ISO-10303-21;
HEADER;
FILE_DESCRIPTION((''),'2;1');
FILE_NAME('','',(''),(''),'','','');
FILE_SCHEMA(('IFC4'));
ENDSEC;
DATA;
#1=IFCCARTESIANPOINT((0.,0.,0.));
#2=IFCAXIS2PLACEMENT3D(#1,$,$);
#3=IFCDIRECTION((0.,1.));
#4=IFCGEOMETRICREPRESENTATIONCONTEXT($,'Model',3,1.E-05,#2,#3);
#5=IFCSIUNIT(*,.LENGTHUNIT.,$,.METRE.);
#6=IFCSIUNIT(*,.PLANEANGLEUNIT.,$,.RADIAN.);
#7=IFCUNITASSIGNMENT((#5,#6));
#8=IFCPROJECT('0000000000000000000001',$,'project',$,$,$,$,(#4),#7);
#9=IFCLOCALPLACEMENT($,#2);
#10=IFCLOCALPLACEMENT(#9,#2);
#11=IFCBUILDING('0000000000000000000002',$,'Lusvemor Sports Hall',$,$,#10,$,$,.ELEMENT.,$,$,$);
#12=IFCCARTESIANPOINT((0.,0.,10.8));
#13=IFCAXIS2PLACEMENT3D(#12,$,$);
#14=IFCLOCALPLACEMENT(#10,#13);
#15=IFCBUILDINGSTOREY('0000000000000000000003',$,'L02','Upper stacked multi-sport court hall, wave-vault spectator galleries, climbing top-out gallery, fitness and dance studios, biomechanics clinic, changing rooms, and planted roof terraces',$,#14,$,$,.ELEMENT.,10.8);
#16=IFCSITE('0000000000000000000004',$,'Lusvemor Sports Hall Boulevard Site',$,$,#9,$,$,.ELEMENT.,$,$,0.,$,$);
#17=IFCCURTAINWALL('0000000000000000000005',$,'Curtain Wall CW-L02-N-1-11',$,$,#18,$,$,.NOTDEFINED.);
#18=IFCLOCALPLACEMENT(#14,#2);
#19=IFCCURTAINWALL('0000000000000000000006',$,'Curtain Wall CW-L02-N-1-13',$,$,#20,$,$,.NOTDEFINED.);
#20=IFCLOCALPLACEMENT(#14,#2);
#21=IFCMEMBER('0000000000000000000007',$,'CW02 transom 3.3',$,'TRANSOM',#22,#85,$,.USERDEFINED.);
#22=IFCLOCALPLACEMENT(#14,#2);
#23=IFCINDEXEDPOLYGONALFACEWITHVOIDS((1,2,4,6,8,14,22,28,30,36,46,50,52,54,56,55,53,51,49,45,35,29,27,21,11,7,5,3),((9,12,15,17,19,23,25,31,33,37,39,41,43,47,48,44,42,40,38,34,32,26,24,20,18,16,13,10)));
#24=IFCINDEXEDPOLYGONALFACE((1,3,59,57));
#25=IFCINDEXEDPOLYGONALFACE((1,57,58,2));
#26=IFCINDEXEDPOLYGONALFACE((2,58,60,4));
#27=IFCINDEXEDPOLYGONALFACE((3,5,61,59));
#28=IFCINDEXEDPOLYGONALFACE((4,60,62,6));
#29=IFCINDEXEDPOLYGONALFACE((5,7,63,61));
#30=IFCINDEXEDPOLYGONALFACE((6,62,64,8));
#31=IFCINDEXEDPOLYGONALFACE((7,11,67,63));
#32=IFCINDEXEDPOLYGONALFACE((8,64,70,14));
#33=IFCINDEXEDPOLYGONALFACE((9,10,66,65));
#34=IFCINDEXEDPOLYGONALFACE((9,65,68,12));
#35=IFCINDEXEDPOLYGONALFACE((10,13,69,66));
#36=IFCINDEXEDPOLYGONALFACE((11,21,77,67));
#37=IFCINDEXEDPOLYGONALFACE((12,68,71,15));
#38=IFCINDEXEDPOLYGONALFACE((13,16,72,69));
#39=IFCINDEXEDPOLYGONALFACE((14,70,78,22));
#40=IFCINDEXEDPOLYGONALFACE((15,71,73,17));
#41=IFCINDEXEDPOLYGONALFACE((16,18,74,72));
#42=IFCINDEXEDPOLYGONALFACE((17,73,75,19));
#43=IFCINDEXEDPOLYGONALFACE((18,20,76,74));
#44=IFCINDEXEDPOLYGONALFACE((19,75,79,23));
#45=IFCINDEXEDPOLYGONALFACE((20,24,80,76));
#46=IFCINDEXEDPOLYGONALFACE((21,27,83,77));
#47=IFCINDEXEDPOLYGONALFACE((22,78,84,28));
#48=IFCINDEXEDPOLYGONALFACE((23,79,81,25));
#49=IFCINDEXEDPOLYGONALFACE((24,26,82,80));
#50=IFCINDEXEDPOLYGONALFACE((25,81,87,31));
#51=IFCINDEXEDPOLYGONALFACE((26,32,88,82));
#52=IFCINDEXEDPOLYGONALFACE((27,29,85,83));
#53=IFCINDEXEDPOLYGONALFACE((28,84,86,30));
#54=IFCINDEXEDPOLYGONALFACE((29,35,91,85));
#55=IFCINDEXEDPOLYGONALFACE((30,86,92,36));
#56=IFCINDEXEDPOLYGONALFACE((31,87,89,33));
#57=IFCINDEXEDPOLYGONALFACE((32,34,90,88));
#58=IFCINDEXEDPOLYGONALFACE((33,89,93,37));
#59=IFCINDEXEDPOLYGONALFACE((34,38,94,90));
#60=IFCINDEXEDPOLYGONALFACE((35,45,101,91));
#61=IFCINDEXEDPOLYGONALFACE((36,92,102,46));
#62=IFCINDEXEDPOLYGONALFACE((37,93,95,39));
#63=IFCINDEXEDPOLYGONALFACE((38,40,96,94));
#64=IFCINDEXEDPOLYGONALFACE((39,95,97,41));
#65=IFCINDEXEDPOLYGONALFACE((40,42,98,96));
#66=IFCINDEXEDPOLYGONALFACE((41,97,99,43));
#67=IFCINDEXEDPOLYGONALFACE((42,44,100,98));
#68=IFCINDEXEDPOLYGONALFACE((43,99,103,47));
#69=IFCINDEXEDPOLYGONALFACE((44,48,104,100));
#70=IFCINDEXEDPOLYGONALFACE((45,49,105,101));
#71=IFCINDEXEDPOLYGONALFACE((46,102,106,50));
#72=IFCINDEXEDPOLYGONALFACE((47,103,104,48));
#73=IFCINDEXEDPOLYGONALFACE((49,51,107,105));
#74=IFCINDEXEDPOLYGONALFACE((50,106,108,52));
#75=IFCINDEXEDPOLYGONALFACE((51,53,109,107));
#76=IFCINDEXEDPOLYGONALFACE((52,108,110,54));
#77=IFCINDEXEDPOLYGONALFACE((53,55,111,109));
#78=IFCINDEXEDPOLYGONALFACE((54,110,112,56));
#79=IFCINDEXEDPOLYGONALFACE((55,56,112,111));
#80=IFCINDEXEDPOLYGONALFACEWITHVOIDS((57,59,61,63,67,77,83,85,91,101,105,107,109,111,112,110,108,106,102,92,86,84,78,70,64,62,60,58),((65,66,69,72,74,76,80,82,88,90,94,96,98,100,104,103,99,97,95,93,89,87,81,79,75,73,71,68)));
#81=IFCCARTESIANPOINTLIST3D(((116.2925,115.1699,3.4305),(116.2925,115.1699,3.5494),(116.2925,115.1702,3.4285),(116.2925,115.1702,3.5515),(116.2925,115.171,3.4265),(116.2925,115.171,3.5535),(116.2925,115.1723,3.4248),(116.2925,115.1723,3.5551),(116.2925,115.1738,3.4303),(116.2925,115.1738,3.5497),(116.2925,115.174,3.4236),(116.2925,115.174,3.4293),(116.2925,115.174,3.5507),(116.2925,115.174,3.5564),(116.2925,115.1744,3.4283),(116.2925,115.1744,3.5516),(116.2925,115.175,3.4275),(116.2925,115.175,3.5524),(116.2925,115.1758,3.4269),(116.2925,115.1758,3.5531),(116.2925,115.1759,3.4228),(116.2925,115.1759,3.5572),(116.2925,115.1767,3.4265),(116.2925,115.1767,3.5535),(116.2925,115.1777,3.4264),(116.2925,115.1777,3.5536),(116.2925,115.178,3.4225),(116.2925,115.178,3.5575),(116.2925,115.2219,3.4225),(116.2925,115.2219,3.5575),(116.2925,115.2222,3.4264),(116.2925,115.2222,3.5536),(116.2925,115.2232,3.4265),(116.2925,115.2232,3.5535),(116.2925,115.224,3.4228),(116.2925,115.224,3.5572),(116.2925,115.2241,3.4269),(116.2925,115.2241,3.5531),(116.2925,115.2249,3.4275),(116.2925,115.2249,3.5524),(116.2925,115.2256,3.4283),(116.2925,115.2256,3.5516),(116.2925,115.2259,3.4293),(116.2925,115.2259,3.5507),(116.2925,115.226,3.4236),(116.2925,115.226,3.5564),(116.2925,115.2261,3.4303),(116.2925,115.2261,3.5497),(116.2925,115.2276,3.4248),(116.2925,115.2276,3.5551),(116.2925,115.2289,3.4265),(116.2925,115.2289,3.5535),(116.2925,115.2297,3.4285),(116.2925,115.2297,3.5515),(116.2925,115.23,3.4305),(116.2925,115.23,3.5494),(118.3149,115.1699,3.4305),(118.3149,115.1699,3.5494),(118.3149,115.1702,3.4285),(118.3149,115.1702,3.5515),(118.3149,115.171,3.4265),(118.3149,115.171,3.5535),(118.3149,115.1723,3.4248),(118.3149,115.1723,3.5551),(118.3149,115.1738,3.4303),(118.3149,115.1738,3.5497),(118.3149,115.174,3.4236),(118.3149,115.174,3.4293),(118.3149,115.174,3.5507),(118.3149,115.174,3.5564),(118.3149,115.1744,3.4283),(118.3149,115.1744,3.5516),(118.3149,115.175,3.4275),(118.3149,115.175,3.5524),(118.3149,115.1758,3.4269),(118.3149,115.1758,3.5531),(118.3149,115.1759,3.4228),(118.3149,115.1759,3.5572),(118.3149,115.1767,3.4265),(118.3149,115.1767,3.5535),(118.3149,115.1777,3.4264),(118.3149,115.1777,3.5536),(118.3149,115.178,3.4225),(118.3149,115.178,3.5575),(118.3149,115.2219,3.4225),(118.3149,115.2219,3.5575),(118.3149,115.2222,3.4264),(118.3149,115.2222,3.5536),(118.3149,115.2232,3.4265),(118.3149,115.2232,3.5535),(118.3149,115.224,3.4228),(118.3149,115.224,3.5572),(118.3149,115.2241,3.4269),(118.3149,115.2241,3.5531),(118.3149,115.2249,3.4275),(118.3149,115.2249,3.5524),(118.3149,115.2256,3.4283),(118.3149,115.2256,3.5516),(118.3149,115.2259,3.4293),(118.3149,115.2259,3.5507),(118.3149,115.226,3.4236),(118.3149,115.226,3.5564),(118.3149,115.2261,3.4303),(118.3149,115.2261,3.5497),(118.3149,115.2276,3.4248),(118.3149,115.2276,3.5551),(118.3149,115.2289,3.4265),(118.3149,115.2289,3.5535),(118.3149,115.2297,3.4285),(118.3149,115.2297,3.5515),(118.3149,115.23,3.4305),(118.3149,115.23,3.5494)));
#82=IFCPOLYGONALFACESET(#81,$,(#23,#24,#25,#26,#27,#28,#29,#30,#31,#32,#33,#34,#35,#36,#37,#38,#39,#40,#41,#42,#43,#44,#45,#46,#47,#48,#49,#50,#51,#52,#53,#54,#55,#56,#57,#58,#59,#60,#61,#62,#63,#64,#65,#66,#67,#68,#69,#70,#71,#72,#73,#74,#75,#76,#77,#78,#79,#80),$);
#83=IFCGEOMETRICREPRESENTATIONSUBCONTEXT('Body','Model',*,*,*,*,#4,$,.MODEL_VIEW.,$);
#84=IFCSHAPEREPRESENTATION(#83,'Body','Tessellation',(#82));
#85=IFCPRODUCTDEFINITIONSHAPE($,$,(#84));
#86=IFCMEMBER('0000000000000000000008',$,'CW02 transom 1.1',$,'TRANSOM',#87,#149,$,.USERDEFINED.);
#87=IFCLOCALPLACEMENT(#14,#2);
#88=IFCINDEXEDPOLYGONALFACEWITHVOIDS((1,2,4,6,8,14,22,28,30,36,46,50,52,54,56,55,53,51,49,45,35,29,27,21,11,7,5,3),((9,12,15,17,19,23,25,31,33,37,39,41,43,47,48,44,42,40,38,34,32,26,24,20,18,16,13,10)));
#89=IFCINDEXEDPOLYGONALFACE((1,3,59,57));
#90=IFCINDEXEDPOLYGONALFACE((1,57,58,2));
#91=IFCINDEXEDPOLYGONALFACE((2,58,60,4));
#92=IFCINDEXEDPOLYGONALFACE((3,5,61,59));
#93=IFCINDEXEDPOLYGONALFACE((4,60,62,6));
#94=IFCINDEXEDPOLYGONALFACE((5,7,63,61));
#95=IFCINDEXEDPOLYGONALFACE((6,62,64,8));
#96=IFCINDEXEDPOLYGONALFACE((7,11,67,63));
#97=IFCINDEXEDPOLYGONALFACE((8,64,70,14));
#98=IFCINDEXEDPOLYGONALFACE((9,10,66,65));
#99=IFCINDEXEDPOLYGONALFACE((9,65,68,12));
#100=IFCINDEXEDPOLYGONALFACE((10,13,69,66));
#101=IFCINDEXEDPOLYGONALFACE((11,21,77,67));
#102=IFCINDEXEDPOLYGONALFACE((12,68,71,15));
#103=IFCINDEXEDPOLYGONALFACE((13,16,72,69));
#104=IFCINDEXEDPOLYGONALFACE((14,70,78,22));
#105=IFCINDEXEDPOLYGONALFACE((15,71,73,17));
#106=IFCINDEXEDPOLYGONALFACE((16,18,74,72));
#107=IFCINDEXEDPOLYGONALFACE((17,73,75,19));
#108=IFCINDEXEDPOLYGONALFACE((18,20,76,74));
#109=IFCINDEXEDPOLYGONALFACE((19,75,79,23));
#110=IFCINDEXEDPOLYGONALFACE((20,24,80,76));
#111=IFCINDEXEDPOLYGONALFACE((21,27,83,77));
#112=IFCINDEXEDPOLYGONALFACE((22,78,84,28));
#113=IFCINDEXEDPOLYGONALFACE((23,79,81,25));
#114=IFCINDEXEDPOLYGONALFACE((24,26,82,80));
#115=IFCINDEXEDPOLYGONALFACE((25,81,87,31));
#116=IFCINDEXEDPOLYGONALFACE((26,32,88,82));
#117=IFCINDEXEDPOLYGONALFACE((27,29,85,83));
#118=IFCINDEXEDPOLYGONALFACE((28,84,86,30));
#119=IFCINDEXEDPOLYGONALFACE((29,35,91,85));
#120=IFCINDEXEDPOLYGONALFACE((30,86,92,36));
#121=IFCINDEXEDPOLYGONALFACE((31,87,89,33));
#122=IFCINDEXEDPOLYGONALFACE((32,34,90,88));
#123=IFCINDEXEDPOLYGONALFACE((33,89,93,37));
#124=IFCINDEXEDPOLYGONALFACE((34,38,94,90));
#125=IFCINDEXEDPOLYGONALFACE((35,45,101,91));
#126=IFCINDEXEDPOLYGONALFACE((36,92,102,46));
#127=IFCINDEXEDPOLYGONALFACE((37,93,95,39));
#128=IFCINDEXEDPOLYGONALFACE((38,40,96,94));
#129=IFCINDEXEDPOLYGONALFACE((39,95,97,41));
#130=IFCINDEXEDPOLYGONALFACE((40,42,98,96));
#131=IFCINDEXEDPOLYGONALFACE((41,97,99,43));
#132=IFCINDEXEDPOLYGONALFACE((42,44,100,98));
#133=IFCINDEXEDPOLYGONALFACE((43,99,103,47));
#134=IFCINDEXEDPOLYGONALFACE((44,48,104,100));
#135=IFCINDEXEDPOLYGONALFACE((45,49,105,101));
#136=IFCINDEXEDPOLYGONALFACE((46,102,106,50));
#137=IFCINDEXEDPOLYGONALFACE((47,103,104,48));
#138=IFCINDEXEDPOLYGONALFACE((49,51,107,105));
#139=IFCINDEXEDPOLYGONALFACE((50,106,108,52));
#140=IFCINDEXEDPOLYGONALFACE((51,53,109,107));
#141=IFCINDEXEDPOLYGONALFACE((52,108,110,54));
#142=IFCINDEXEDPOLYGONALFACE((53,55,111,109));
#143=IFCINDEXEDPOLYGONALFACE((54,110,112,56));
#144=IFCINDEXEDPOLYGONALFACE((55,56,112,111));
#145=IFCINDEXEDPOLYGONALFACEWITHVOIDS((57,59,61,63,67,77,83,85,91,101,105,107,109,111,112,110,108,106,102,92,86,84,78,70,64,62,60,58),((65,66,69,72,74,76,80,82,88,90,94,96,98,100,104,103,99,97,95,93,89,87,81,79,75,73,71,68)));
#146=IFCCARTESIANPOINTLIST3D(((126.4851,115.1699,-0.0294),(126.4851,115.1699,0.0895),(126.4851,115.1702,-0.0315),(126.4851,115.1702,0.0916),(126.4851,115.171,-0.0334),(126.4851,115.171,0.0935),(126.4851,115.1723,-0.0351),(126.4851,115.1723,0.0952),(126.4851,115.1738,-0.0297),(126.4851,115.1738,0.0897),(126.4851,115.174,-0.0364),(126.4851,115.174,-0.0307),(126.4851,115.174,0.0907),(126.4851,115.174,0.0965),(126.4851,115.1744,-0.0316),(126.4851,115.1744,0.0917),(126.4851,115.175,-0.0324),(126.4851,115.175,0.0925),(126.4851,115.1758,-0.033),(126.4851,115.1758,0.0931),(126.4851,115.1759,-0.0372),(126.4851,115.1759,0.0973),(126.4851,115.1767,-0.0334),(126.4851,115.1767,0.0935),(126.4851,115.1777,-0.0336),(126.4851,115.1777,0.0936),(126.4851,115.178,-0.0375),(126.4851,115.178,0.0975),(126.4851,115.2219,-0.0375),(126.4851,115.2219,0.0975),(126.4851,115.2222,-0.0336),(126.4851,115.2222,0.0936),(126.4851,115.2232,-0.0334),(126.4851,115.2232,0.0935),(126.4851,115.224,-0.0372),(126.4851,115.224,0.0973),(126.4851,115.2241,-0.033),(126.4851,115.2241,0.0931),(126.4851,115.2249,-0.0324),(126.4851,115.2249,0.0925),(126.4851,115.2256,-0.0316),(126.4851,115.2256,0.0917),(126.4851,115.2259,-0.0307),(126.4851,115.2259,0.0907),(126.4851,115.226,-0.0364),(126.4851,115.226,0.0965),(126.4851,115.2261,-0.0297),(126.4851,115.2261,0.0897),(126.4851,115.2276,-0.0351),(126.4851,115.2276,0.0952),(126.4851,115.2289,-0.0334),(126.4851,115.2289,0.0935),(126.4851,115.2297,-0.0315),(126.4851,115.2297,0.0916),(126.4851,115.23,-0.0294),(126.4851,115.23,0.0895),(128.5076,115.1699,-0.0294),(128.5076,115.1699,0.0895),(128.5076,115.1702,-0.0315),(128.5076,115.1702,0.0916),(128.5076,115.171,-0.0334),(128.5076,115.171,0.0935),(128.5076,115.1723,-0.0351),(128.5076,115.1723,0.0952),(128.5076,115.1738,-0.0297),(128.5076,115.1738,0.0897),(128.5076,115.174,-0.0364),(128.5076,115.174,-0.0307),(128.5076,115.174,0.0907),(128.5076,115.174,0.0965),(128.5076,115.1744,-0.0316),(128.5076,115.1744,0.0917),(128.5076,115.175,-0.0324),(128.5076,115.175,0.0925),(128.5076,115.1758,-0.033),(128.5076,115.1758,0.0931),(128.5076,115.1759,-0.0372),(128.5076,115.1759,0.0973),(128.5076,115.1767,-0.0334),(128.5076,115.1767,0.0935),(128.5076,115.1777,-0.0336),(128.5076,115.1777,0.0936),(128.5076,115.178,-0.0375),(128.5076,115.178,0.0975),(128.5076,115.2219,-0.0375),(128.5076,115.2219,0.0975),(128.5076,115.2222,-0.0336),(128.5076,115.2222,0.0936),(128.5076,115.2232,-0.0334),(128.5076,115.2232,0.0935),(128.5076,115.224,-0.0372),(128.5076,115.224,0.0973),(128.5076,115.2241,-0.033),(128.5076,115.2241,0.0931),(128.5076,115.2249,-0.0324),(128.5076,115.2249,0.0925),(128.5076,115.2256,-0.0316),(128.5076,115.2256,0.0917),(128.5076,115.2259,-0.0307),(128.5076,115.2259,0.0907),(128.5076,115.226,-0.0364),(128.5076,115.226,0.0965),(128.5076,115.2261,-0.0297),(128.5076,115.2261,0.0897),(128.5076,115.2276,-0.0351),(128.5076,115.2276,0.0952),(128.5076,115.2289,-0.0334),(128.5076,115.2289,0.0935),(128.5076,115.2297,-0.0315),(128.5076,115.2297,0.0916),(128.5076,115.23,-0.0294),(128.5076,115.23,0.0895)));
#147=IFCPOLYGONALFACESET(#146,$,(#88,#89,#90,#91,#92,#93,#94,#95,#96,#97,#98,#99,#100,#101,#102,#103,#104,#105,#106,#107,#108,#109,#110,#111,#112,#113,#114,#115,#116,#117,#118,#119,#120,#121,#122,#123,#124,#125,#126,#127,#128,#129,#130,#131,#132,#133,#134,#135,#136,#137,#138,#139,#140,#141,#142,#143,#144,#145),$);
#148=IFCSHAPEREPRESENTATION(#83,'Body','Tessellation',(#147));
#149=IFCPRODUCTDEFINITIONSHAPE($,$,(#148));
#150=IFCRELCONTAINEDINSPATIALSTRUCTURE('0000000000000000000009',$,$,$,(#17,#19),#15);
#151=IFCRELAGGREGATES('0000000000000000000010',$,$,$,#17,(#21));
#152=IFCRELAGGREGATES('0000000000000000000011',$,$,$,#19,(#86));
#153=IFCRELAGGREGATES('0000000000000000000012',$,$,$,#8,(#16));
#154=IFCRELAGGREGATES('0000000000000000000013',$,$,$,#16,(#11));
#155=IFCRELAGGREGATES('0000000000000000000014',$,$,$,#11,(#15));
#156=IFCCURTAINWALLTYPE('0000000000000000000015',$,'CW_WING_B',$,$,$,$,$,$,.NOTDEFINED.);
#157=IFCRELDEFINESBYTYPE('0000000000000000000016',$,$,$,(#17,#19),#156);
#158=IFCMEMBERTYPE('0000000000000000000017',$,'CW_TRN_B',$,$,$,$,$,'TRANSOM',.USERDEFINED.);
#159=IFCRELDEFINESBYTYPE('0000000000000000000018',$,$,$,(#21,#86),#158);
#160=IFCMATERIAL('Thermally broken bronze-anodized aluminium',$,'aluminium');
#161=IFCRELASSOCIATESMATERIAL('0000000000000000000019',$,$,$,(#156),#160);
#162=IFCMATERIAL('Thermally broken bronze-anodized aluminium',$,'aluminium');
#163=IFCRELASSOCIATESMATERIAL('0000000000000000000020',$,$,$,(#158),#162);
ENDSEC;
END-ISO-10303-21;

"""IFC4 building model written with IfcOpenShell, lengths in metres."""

from ifc_helpers import new_model, si_unit, direction, frame, origin, origin_2d, place, context, subcontext, project, spatial, hollow_rectangle, extrude, material, material_profile, profile_set, type_object, element, aggregate, save


model = new_model("IFC4")

# Units and contexts
model_context = context("Model", 3, precision=1e-05, world=origin(), true_north=direction((0.0, 1.0)))
body_context = subcontext(model_context, "Body", "Model", "MODEL_VIEW")
ifc_project = project(units=[si_unit("LENGTHUNIT", "METRE"), si_unit("PLANEANGLEUNIT", "RADIAN")], contexts=[model_context])

# Site, building, storey
site_placement = place(None, origin())
site = spatial("IfcSite", under=ifc_project, at=site_placement, Name="Lusvemor Sports Hall Boulevard Site", CompositionType="ELEMENT", RefElevation=0.0)
building_placement = place(site_placement, origin())
building = spatial("IfcBuilding", under=site, at=building_placement, Name="Lusvemor Sports Hall", CompositionType="ELEMENT")
storey_placement = place(building_placement, frame((0.0, 0.0, 10.8)))
storey = spatial("IfcBuildingStorey", under=building, at=storey_placement, Name="L02", Description="Upper stacked multi-sport court hall, wave-vault spectator galleries, climbing top-out gallery, fitness and dance studios, biomechanics clinic, changing rooms, and planted roof terraces", CompositionType="ELEMENT", Elevation=10.8)

# Curtain wall
ifc_material_1 = material(Name="Thermally broken bronze-anodized aluminium", Category="aluminium")
curtain_wall_type = type_object("IfcCurtainWallType", Name="CW_WING_B", PredefinedType="NOTDEFINED", material=ifc_material_1)
curtain_wall_1_placement = place(storey_placement, origin())
curtain_wall_1 = element("IfcCurtainWall", 1, at=curtain_wall_1_placement, inside=storey, type_object=curtain_wall_type, Name="Curtain Wall CW-L02-N-1-11", PredefinedType="NOTDEFINED")

# Curtain wall
curtain_wall_2_placement = place(storey_placement, origin())
curtain_wall_2 = element("IfcCurtainWall", 2, at=curtain_wall_2_placement, inside=storey, type_object=curtain_wall_type, Name="Curtain Wall CW-L02-N-1-13", PredefinedType="NOTDEFINED")

# Members
ifc_material_2 = material(Name="Thermally broken bronze-anodized aluminium", Category="aluminium")
ifc_material_profile_1 = material_profile(ifc_material_2, hollow_rectangle(XDim=0.0601, YDim=0.135, WallThickness=0.0039, InnerFilletRadius=0.0039, OuterFilletRadius=0.0081, at=origin_2d()), Name="CWTRN135x60x4")
ifc_profile_set_1 = profile_set([ifc_material_profile_1], Name="Thermally broken bronze-anodized aluminium")
member_type_1 = type_object("IfcMemberType", Name="CW_TRN_B", ElementType="TRANSOM", PredefinedType="USERDEFINED", material=ifc_profile_set_1)
member_1_placement = place(storey_placement, frame((116.2925, 115.2, 3.49), z_axis=(1.0, 0.0, 0.0), x_axis=(0.0, 1.0, 0.0)))
member_1 = element("IfcMember", 3, at=member_1_placement, type_object=member_type_1, Name="CW02 transom 3.3", ObjectType="TRANSOM", PredefinedType="USERDEFINED", context=body_context, shape_type="SweptSolid", body=[
    extrude(hollow_rectangle(XDim=0.0601, YDim=0.135, WallThickness=0.0039, InnerFilletRadius=0.0039, OuterFilletRadius=0.0081, at=origin_2d()), origin(), (0.0, 0.0, 1.0), 2.0225),
])
member_2_placement = place(storey_placement, frame((126.4851, 115.2, 0.03), z_axis=(1.0, 0.0, 0.0), x_axis=(0.0, 1.0, 0.0)))
member_2 = element("IfcMember", 4, at=member_2_placement, type_object=member_type_1, Name="CW02 transom 1.1", ObjectType="TRANSOM", PredefinedType="USERDEFINED", context=body_context, shape_type="SweptSolid", body=[
    extrude(hollow_rectangle(XDim=0.0601, YDim=0.135, WallThickness=0.0039, InnerFilletRadius=0.0039, OuterFilletRadius=0.0081, at=origin_2d()), origin(), (0.0, 0.0, 1.0), 2.0225),
])

aggregate(curtain_wall_1, [member_1])
aggregate(curtain_wall_2, [member_2])

save(model, "model.ifc")
